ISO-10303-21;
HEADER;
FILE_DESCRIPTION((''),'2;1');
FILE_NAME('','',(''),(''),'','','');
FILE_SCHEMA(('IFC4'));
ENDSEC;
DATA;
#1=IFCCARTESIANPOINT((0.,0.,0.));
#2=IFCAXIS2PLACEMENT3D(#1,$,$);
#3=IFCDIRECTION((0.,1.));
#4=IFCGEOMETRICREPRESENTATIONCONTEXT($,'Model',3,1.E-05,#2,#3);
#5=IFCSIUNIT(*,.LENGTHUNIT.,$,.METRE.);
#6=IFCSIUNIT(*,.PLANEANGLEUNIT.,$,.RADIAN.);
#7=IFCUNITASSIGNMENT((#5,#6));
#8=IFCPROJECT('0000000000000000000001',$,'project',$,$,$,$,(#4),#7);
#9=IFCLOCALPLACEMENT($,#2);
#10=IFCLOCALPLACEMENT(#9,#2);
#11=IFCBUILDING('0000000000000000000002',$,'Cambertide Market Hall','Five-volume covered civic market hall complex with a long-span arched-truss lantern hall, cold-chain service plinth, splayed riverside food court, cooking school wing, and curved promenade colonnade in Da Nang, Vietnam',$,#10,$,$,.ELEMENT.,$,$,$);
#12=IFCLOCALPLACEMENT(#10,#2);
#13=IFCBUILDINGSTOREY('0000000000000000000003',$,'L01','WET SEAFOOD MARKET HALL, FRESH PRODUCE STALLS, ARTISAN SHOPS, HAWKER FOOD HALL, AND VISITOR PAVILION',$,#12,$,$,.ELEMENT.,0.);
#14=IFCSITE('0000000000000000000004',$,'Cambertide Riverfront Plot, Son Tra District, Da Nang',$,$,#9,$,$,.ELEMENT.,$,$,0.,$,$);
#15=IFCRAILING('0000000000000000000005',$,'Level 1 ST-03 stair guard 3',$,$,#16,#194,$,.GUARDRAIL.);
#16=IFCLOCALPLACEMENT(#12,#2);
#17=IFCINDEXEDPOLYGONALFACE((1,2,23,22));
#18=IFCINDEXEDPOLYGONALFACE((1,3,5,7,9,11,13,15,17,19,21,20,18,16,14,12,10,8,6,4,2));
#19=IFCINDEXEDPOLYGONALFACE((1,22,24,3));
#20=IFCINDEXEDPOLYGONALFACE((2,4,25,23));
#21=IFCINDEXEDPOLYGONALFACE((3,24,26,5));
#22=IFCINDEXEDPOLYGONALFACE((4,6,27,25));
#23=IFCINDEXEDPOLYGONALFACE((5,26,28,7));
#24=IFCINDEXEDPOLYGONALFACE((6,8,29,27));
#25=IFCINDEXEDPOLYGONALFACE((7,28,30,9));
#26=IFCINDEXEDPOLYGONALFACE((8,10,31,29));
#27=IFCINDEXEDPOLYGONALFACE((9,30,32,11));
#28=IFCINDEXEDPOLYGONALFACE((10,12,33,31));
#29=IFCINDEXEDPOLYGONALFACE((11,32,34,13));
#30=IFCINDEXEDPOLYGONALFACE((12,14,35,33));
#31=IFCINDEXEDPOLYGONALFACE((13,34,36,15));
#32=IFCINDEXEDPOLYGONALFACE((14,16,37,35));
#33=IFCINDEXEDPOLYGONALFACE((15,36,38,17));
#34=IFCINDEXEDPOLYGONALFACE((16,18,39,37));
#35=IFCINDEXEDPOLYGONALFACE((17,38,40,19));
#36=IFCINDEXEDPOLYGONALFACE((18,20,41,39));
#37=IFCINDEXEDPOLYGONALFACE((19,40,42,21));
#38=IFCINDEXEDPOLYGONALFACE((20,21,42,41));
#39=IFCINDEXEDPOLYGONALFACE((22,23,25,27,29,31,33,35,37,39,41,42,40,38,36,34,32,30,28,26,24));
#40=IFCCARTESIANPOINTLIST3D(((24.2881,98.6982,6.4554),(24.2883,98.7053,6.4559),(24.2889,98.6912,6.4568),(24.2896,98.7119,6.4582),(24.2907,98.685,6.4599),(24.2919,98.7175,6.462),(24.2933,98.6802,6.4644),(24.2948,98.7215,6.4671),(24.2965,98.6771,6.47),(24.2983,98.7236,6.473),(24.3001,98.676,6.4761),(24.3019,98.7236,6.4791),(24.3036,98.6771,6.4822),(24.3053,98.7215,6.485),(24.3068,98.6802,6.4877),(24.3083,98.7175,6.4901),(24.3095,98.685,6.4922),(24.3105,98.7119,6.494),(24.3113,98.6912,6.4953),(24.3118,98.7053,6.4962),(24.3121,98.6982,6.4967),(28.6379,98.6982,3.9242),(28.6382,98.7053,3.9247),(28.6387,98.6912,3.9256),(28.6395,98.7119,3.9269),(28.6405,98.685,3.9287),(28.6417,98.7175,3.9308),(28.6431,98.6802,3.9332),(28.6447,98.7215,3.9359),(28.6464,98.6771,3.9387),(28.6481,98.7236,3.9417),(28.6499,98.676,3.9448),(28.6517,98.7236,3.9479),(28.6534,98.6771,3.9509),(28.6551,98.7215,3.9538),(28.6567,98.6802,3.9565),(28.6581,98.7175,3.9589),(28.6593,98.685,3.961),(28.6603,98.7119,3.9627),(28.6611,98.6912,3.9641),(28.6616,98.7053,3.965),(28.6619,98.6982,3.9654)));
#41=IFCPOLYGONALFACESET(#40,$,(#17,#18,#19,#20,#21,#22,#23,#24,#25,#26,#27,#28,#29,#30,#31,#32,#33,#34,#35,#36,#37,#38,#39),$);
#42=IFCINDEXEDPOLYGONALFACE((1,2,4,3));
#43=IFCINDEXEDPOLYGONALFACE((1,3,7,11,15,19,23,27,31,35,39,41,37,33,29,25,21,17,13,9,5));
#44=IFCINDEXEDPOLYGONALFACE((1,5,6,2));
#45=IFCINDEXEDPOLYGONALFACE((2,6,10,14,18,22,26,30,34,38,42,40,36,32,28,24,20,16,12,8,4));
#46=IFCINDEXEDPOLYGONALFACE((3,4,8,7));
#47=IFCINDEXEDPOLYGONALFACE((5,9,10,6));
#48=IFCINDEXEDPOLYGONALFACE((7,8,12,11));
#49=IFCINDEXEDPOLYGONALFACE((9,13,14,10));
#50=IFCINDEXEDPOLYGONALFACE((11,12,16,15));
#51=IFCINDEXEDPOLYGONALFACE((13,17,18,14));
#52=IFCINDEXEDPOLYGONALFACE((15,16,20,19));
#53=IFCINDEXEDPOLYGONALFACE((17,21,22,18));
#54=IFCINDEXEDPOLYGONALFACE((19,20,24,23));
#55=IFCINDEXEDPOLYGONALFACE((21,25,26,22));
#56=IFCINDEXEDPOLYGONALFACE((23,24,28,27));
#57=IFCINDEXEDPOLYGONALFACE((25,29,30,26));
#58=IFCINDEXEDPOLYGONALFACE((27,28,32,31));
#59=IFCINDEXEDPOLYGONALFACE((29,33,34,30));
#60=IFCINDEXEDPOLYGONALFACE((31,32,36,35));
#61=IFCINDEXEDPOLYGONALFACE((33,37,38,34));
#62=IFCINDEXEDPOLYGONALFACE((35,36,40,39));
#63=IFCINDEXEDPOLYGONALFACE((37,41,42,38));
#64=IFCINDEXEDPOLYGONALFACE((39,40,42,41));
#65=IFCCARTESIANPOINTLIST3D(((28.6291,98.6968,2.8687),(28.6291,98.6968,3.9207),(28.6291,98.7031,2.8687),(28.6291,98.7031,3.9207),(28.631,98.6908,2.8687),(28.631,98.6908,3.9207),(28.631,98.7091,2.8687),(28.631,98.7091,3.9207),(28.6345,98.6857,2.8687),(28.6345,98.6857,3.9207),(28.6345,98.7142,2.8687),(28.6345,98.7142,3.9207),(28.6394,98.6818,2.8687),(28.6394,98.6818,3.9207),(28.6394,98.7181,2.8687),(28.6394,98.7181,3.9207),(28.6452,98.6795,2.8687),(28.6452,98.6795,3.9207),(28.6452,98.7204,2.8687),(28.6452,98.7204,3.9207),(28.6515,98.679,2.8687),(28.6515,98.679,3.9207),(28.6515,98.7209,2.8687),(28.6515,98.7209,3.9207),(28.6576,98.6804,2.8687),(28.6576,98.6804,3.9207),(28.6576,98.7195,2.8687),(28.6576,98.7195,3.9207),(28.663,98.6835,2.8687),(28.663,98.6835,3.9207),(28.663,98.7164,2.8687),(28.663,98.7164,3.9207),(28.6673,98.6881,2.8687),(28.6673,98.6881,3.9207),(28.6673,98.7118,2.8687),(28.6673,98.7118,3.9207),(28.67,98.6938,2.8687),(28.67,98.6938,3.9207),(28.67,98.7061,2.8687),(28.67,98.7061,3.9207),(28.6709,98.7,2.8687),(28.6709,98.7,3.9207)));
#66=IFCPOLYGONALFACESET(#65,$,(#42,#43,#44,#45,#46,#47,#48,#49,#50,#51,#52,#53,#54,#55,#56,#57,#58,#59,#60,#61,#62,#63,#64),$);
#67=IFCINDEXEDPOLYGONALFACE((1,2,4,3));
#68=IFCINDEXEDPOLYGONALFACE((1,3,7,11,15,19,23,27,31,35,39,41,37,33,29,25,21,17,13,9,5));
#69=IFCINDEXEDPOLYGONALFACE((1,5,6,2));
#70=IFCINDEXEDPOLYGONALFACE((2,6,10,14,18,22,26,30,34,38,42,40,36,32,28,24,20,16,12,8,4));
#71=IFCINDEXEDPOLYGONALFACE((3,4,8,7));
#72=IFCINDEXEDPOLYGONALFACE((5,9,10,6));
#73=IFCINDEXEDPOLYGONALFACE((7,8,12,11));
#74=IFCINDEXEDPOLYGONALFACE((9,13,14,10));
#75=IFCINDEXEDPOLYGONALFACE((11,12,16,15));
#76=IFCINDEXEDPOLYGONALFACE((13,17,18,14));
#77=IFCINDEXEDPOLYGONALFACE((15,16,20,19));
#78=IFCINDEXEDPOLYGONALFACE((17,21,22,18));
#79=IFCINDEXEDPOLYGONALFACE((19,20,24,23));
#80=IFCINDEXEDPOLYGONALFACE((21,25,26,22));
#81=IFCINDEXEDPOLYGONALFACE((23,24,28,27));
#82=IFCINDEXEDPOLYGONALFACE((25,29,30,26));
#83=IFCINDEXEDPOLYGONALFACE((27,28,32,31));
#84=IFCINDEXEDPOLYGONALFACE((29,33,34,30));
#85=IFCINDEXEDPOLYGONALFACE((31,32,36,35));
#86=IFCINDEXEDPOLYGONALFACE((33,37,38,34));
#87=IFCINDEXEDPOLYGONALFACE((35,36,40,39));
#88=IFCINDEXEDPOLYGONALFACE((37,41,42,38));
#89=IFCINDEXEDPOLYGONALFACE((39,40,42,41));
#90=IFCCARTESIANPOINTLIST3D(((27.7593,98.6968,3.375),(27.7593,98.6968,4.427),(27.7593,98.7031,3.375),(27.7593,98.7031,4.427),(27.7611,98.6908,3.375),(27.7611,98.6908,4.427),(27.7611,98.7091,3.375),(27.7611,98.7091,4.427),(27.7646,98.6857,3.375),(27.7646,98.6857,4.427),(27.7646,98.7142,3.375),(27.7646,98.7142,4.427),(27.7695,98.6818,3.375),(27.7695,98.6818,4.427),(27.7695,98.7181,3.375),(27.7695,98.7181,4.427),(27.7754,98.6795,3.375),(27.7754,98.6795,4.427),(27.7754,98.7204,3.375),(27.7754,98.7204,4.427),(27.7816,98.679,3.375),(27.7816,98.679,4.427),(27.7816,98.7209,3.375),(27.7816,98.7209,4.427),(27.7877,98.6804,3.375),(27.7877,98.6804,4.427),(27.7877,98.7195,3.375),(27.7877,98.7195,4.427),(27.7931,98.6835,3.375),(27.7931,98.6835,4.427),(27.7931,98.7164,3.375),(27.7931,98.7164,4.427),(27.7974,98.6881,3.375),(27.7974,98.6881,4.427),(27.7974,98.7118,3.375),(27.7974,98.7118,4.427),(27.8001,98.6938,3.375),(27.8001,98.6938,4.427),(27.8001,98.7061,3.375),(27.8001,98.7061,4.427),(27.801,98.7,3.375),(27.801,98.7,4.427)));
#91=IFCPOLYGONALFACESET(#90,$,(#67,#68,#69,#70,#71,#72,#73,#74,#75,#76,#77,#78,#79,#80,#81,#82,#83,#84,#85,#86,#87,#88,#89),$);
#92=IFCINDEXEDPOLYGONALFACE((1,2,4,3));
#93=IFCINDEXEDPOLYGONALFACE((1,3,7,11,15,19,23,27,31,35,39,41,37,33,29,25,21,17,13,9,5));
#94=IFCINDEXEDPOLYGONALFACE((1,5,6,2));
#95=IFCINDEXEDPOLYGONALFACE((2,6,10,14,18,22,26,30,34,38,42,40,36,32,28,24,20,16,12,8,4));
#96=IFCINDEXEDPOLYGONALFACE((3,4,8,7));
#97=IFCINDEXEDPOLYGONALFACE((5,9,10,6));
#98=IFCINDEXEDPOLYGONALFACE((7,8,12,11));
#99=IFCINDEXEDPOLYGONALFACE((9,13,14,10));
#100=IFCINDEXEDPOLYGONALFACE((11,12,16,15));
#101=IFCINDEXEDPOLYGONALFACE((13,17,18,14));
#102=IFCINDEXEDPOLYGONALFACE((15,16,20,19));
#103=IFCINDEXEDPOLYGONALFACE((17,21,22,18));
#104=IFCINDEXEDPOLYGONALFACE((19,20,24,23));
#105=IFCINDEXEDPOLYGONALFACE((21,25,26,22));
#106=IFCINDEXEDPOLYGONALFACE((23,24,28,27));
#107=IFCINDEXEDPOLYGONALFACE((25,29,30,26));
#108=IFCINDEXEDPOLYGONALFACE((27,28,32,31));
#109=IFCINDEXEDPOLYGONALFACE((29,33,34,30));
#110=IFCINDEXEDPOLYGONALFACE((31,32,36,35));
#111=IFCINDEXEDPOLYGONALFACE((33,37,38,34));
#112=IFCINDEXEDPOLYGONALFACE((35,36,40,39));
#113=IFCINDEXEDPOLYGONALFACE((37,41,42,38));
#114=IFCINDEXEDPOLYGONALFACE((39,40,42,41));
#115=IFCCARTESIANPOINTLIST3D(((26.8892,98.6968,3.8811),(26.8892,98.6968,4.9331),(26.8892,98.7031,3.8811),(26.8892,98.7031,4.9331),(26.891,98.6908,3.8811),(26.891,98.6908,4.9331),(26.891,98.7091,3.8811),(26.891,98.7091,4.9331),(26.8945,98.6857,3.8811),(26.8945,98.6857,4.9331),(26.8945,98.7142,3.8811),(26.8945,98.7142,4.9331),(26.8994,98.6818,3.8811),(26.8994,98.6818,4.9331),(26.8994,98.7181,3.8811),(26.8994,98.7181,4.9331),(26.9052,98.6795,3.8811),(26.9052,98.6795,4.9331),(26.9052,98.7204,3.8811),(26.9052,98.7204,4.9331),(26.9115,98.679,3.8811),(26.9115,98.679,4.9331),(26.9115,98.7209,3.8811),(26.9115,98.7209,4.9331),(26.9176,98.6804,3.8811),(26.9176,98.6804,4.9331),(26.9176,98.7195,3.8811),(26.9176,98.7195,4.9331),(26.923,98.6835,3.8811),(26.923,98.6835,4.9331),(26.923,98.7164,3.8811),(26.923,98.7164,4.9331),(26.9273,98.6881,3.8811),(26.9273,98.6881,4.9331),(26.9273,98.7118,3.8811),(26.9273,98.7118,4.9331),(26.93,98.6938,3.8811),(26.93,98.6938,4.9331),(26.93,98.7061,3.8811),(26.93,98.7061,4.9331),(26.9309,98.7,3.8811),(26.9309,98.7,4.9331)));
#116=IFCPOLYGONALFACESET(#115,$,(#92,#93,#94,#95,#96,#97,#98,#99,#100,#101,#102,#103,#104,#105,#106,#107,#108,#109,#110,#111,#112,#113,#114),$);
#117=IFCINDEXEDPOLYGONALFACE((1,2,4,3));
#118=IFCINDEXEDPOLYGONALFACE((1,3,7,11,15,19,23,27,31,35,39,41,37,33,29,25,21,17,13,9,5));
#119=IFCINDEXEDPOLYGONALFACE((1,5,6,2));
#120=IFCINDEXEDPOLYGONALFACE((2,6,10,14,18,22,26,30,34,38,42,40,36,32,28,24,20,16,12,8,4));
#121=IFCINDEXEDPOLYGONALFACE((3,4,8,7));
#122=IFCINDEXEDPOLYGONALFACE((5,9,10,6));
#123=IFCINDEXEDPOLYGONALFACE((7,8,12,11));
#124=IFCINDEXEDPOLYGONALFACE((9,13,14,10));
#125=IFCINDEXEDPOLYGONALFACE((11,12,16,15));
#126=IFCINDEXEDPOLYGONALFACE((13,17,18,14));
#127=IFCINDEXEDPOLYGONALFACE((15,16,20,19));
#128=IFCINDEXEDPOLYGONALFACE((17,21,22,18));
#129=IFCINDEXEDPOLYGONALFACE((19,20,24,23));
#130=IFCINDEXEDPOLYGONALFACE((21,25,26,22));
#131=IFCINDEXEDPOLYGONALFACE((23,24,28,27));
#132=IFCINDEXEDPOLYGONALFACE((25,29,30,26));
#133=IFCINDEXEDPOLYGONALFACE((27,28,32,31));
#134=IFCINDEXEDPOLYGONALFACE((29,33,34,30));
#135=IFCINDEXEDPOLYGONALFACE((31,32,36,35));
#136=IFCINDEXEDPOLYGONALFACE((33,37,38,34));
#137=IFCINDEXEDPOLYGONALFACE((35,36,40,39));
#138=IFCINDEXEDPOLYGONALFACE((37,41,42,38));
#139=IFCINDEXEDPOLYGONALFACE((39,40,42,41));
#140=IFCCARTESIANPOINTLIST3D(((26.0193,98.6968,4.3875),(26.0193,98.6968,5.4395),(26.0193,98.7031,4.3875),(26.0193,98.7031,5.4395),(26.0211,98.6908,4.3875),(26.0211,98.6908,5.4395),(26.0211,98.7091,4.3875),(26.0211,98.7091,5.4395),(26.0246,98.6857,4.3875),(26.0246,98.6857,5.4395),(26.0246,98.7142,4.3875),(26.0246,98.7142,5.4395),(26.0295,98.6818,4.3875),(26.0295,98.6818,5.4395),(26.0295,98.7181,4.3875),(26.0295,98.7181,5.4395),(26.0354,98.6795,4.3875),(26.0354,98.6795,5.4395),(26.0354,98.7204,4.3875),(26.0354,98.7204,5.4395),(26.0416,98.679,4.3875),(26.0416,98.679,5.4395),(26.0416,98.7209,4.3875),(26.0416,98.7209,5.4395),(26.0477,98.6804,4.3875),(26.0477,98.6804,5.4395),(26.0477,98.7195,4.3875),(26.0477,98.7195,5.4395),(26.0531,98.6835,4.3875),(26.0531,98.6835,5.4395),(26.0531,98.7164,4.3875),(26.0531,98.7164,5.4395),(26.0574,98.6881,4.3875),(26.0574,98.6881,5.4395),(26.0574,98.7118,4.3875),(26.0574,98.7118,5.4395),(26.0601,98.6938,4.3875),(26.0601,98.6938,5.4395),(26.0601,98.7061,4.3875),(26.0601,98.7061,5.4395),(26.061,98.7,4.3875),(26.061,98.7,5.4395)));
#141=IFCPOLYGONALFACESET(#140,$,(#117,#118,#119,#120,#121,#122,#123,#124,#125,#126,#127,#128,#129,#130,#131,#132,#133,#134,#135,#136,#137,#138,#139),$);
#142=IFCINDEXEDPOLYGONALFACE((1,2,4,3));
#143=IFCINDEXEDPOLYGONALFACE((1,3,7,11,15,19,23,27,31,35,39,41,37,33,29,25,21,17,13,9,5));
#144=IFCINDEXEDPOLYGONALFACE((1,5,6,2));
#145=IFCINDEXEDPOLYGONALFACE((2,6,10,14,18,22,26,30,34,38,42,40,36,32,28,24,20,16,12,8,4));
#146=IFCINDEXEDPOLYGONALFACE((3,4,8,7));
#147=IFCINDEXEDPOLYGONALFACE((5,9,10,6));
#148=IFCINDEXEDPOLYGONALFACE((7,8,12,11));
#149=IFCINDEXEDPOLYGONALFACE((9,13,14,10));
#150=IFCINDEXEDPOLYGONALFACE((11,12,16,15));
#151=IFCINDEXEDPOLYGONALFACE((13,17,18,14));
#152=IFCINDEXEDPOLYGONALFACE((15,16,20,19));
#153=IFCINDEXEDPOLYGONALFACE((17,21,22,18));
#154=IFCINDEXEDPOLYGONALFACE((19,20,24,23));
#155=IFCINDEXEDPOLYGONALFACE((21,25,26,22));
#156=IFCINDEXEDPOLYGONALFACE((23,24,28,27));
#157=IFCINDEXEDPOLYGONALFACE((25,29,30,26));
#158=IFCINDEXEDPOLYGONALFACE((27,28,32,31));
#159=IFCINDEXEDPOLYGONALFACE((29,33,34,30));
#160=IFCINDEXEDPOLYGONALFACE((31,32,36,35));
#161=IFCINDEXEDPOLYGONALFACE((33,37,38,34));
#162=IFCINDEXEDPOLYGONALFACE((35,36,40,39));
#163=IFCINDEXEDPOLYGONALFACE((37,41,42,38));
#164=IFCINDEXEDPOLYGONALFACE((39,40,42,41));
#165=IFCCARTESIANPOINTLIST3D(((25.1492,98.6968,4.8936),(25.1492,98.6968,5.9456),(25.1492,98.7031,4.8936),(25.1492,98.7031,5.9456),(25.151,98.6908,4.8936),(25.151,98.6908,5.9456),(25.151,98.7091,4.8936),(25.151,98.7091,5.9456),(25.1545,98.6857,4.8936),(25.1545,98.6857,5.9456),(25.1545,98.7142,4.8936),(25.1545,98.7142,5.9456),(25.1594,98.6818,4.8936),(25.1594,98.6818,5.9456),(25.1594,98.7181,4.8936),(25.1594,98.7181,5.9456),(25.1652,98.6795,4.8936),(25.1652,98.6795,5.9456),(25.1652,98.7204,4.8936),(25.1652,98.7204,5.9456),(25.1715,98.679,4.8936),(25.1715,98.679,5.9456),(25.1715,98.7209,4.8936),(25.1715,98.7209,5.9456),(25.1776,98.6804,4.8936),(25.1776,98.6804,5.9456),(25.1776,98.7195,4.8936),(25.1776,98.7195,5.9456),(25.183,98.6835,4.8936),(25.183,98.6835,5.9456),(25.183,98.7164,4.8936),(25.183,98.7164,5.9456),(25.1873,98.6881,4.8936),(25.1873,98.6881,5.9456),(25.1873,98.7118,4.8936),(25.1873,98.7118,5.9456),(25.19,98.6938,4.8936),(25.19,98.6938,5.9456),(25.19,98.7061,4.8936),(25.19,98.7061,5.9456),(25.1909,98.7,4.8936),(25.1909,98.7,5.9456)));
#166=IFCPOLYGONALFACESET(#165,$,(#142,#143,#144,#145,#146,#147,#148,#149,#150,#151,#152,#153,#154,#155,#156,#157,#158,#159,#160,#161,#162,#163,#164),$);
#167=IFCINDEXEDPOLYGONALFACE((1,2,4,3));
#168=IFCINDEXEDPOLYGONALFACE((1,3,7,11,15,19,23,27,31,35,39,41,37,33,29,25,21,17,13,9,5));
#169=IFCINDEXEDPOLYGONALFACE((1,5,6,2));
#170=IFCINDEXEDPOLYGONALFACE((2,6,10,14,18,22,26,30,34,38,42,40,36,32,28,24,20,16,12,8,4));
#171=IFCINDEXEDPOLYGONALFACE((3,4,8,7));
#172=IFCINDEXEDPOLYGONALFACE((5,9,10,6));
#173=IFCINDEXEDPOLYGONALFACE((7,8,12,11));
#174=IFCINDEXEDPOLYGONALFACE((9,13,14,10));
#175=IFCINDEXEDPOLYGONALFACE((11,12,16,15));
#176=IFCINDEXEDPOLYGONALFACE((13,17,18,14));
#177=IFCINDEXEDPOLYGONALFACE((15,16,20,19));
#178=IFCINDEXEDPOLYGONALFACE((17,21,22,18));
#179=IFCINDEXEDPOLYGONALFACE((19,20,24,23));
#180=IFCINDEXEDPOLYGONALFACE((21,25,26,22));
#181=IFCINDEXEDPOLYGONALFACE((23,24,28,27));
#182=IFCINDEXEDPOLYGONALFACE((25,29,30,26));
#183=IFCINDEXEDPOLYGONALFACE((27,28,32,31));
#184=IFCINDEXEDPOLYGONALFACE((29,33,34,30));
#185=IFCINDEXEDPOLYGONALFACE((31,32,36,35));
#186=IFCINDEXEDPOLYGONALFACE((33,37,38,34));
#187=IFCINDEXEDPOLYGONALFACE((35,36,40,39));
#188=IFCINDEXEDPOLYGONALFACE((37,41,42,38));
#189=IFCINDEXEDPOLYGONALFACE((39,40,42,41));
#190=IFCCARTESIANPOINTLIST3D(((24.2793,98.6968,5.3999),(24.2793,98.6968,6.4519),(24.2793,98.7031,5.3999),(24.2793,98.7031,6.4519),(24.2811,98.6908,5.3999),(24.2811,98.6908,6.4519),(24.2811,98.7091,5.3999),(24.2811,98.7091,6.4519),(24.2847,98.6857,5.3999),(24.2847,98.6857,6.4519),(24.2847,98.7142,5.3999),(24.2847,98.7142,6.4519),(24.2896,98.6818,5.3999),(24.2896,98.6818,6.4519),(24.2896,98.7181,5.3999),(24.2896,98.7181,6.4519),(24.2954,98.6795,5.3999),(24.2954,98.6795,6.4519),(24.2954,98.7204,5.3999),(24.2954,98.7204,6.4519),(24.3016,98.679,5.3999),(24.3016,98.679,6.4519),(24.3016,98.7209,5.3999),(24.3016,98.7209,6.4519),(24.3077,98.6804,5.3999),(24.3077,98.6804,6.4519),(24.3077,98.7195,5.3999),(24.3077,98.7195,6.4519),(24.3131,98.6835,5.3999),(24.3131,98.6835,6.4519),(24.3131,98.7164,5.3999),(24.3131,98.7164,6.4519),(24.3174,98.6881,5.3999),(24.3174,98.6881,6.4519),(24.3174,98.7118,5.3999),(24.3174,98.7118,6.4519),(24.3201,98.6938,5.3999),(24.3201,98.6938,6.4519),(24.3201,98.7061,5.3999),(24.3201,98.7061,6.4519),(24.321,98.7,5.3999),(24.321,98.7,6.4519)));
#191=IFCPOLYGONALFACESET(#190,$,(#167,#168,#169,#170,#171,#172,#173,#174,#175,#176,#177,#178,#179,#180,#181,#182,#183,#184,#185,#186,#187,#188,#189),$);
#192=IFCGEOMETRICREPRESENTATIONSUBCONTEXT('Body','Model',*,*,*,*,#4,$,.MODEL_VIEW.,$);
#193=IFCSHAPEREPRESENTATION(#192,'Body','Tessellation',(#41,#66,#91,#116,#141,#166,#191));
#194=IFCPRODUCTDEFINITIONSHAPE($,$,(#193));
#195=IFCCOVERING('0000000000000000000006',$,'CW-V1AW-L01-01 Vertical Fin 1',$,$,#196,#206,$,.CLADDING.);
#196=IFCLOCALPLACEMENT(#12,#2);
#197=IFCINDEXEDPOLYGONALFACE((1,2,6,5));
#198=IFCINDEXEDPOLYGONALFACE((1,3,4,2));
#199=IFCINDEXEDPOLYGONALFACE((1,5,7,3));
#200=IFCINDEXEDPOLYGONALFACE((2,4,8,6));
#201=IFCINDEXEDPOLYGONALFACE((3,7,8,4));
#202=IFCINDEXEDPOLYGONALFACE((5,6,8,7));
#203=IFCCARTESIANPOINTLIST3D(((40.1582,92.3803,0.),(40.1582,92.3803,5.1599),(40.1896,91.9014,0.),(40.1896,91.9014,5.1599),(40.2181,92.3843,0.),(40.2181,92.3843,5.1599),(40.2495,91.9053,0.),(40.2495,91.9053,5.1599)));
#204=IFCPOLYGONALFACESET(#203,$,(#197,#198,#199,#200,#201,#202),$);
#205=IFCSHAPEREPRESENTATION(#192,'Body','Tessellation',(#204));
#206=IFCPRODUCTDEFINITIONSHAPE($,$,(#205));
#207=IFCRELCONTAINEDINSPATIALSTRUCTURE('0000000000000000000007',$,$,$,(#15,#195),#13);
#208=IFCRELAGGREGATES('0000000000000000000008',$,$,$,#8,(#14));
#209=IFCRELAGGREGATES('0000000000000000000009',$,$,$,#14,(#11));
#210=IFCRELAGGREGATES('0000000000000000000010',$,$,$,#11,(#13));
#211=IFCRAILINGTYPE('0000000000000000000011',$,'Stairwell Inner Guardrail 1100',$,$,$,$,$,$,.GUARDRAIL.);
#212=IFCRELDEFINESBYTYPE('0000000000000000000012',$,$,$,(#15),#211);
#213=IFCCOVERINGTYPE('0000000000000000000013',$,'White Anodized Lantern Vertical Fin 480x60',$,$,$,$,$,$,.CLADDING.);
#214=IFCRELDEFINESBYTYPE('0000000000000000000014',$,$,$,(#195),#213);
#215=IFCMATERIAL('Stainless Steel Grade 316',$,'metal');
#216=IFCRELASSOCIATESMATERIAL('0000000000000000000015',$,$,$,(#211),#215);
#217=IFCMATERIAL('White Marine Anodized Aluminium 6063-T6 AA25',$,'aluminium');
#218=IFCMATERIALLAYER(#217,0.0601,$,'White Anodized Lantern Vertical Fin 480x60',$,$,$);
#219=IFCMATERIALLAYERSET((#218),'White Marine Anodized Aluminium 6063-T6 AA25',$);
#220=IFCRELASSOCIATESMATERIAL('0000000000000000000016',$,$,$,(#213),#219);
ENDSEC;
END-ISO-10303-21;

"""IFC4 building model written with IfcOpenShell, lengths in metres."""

from ifc_helpers import new_model, si_unit, direction, frame, origin, origin_2d, place, context, subcontext, project, spatial, rectangle, circle, extrude, material, layer, layer_set, type_object, element, save


model = new_model("IFC4")

# Units and contexts
model_context = context("Model", 3, precision=1e-05, world=origin(), true_north=direction((0.0, 1.0)))
body_context = subcontext(model_context, "Body", "Model", "MODEL_VIEW")
ifc_project = project(units=[si_unit("LENGTHUNIT", "METRE"), si_unit("PLANEANGLEUNIT", "RADIAN")], contexts=[model_context])

# Site, building, storey
site_placement = place(None, origin())
site = spatial("IfcSite", under=ifc_project, at=site_placement, Name="Cambertide Riverfront Plot, Son Tra District, Da Nang", CompositionType="ELEMENT", RefElevation=0.0)
building_placement = place(site_placement, origin())
building = spatial("IfcBuilding", under=site, at=building_placement, Name="Cambertide Market Hall", Description="Five-volume covered civic market hall complex with a long-span arched-truss lantern hall, cold-chain service plinth, splayed riverside food court, cooking school wing, and curved promenade colonnade in Da Nang, Vietnam", CompositionType="ELEMENT")
storey_placement = place(building_placement, origin())
storey = spatial("IfcBuildingStorey", under=building, at=storey_placement, Name="L01", Description="WET SEAFOOD MARKET HALL, FRESH PRODUCE STALLS, ARTISAN SHOPS, HAWKER FOOD HALL, AND VISITOR PAVILION", CompositionType="ELEMENT", Elevation=0.0)

# Railing
ifc_material_1 = material(Name="Stainless Steel Grade 316", Category="metal")
railing_type_1 = type_object("IfcRailingType", Name="Stairwell Inner Guardrail 1100", PredefinedType="GUARDRAIL", material=ifc_material_1)
railing_1_placement = place(storey_placement, frame((28.6499, 98.7, 2.8687)))
element("IfcRailing", 1, at=railing_1_placement, inside=storey, type_object=railing_type_1, Name="Level 1 ST-03 stair guard 3", PredefinedType="GUARDRAIL", context=body_context, shape_type="SweptSolid", body=[
    extrude(circle(Radius=0.0239, at=origin_2d()), frame((0.0, 0.0, 1.0762), z_axis=(-0.864312, 0.0, 0.502957), x_axis=(0.0, -1.0, 0.0)), (0.0, 0.0, 1.0), 5.0327),
    extrude(circle(Radius=0.021, at=origin_2d()), origin(), (0.0, 0.0, 1.0), 1.052),
    extrude(circle(Radius=0.021, at=origin_2d()), frame((-0.8699, 0.0, 0.5063)), (0.0, 0.0, 1.0), 1.052),
    extrude(circle(Radius=0.021, at=origin_2d()), frame((-1.74, 0.0, 1.0125)), (0.0, 0.0, 1.0), 1.052),
    extrude(circle(Radius=0.021, at=origin_2d()), frame((-2.6099, 0.0, 1.5188)), (0.0, 0.0, 1.0), 1.052),
    extrude(circle(Radius=0.021, at=origin_2d()), frame((-3.48, 0.0, 2.0249)), (0.0, 0.0, 1.0), 1.052),
    extrude(circle(Radius=0.021, at=origin_2d()), frame((-4.3499, 0.0, 2.5312)), (0.0, 0.0, 1.0), 1.052),
])

# Covering
ifc_material_2 = material(Name="White Marine Anodized Aluminium 6063-T6 AA25", Category="aluminium")
ifc_layer_1 = layer(ifc_material_2, 0.0601, Name="White Anodized Lantern Vertical Fin 480x60")
ifc_layer_set_1 = layer_set([ifc_layer_1], Name="White Marine Anodized Aluminium 6063-T6 AA25")
covering_type = type_object("IfcCoveringType", Name="White Anodized Lantern Vertical Fin 480x60", PredefinedType="CLADDING", material=ifc_layer_set_1)
for number, where, z_axis, x_axis, name in (
    (2, (40.2039, 92.1428, 0.0), (0.0, 0.0, 1.0), (0.997859, 0.065403, 0.0), "CW-V1AW-L01-01 Vertical Fin 1"),
):
    element("IfcCovering", number, at=place(storey_placement, frame(where, z_axis=z_axis, x_axis=x_axis)), inside=storey, type_object=covering_type, Name=name, PredefinedType="CLADDING", context=body_context, shape_type="SweptSolid", body=[
        extrude(rectangle(XDim=0.0601, YDim=0.48, at=origin_2d()), origin(), (0.0, 0.0, 1.0), 5.1599),
    ])

save(model, "model.ifc")
